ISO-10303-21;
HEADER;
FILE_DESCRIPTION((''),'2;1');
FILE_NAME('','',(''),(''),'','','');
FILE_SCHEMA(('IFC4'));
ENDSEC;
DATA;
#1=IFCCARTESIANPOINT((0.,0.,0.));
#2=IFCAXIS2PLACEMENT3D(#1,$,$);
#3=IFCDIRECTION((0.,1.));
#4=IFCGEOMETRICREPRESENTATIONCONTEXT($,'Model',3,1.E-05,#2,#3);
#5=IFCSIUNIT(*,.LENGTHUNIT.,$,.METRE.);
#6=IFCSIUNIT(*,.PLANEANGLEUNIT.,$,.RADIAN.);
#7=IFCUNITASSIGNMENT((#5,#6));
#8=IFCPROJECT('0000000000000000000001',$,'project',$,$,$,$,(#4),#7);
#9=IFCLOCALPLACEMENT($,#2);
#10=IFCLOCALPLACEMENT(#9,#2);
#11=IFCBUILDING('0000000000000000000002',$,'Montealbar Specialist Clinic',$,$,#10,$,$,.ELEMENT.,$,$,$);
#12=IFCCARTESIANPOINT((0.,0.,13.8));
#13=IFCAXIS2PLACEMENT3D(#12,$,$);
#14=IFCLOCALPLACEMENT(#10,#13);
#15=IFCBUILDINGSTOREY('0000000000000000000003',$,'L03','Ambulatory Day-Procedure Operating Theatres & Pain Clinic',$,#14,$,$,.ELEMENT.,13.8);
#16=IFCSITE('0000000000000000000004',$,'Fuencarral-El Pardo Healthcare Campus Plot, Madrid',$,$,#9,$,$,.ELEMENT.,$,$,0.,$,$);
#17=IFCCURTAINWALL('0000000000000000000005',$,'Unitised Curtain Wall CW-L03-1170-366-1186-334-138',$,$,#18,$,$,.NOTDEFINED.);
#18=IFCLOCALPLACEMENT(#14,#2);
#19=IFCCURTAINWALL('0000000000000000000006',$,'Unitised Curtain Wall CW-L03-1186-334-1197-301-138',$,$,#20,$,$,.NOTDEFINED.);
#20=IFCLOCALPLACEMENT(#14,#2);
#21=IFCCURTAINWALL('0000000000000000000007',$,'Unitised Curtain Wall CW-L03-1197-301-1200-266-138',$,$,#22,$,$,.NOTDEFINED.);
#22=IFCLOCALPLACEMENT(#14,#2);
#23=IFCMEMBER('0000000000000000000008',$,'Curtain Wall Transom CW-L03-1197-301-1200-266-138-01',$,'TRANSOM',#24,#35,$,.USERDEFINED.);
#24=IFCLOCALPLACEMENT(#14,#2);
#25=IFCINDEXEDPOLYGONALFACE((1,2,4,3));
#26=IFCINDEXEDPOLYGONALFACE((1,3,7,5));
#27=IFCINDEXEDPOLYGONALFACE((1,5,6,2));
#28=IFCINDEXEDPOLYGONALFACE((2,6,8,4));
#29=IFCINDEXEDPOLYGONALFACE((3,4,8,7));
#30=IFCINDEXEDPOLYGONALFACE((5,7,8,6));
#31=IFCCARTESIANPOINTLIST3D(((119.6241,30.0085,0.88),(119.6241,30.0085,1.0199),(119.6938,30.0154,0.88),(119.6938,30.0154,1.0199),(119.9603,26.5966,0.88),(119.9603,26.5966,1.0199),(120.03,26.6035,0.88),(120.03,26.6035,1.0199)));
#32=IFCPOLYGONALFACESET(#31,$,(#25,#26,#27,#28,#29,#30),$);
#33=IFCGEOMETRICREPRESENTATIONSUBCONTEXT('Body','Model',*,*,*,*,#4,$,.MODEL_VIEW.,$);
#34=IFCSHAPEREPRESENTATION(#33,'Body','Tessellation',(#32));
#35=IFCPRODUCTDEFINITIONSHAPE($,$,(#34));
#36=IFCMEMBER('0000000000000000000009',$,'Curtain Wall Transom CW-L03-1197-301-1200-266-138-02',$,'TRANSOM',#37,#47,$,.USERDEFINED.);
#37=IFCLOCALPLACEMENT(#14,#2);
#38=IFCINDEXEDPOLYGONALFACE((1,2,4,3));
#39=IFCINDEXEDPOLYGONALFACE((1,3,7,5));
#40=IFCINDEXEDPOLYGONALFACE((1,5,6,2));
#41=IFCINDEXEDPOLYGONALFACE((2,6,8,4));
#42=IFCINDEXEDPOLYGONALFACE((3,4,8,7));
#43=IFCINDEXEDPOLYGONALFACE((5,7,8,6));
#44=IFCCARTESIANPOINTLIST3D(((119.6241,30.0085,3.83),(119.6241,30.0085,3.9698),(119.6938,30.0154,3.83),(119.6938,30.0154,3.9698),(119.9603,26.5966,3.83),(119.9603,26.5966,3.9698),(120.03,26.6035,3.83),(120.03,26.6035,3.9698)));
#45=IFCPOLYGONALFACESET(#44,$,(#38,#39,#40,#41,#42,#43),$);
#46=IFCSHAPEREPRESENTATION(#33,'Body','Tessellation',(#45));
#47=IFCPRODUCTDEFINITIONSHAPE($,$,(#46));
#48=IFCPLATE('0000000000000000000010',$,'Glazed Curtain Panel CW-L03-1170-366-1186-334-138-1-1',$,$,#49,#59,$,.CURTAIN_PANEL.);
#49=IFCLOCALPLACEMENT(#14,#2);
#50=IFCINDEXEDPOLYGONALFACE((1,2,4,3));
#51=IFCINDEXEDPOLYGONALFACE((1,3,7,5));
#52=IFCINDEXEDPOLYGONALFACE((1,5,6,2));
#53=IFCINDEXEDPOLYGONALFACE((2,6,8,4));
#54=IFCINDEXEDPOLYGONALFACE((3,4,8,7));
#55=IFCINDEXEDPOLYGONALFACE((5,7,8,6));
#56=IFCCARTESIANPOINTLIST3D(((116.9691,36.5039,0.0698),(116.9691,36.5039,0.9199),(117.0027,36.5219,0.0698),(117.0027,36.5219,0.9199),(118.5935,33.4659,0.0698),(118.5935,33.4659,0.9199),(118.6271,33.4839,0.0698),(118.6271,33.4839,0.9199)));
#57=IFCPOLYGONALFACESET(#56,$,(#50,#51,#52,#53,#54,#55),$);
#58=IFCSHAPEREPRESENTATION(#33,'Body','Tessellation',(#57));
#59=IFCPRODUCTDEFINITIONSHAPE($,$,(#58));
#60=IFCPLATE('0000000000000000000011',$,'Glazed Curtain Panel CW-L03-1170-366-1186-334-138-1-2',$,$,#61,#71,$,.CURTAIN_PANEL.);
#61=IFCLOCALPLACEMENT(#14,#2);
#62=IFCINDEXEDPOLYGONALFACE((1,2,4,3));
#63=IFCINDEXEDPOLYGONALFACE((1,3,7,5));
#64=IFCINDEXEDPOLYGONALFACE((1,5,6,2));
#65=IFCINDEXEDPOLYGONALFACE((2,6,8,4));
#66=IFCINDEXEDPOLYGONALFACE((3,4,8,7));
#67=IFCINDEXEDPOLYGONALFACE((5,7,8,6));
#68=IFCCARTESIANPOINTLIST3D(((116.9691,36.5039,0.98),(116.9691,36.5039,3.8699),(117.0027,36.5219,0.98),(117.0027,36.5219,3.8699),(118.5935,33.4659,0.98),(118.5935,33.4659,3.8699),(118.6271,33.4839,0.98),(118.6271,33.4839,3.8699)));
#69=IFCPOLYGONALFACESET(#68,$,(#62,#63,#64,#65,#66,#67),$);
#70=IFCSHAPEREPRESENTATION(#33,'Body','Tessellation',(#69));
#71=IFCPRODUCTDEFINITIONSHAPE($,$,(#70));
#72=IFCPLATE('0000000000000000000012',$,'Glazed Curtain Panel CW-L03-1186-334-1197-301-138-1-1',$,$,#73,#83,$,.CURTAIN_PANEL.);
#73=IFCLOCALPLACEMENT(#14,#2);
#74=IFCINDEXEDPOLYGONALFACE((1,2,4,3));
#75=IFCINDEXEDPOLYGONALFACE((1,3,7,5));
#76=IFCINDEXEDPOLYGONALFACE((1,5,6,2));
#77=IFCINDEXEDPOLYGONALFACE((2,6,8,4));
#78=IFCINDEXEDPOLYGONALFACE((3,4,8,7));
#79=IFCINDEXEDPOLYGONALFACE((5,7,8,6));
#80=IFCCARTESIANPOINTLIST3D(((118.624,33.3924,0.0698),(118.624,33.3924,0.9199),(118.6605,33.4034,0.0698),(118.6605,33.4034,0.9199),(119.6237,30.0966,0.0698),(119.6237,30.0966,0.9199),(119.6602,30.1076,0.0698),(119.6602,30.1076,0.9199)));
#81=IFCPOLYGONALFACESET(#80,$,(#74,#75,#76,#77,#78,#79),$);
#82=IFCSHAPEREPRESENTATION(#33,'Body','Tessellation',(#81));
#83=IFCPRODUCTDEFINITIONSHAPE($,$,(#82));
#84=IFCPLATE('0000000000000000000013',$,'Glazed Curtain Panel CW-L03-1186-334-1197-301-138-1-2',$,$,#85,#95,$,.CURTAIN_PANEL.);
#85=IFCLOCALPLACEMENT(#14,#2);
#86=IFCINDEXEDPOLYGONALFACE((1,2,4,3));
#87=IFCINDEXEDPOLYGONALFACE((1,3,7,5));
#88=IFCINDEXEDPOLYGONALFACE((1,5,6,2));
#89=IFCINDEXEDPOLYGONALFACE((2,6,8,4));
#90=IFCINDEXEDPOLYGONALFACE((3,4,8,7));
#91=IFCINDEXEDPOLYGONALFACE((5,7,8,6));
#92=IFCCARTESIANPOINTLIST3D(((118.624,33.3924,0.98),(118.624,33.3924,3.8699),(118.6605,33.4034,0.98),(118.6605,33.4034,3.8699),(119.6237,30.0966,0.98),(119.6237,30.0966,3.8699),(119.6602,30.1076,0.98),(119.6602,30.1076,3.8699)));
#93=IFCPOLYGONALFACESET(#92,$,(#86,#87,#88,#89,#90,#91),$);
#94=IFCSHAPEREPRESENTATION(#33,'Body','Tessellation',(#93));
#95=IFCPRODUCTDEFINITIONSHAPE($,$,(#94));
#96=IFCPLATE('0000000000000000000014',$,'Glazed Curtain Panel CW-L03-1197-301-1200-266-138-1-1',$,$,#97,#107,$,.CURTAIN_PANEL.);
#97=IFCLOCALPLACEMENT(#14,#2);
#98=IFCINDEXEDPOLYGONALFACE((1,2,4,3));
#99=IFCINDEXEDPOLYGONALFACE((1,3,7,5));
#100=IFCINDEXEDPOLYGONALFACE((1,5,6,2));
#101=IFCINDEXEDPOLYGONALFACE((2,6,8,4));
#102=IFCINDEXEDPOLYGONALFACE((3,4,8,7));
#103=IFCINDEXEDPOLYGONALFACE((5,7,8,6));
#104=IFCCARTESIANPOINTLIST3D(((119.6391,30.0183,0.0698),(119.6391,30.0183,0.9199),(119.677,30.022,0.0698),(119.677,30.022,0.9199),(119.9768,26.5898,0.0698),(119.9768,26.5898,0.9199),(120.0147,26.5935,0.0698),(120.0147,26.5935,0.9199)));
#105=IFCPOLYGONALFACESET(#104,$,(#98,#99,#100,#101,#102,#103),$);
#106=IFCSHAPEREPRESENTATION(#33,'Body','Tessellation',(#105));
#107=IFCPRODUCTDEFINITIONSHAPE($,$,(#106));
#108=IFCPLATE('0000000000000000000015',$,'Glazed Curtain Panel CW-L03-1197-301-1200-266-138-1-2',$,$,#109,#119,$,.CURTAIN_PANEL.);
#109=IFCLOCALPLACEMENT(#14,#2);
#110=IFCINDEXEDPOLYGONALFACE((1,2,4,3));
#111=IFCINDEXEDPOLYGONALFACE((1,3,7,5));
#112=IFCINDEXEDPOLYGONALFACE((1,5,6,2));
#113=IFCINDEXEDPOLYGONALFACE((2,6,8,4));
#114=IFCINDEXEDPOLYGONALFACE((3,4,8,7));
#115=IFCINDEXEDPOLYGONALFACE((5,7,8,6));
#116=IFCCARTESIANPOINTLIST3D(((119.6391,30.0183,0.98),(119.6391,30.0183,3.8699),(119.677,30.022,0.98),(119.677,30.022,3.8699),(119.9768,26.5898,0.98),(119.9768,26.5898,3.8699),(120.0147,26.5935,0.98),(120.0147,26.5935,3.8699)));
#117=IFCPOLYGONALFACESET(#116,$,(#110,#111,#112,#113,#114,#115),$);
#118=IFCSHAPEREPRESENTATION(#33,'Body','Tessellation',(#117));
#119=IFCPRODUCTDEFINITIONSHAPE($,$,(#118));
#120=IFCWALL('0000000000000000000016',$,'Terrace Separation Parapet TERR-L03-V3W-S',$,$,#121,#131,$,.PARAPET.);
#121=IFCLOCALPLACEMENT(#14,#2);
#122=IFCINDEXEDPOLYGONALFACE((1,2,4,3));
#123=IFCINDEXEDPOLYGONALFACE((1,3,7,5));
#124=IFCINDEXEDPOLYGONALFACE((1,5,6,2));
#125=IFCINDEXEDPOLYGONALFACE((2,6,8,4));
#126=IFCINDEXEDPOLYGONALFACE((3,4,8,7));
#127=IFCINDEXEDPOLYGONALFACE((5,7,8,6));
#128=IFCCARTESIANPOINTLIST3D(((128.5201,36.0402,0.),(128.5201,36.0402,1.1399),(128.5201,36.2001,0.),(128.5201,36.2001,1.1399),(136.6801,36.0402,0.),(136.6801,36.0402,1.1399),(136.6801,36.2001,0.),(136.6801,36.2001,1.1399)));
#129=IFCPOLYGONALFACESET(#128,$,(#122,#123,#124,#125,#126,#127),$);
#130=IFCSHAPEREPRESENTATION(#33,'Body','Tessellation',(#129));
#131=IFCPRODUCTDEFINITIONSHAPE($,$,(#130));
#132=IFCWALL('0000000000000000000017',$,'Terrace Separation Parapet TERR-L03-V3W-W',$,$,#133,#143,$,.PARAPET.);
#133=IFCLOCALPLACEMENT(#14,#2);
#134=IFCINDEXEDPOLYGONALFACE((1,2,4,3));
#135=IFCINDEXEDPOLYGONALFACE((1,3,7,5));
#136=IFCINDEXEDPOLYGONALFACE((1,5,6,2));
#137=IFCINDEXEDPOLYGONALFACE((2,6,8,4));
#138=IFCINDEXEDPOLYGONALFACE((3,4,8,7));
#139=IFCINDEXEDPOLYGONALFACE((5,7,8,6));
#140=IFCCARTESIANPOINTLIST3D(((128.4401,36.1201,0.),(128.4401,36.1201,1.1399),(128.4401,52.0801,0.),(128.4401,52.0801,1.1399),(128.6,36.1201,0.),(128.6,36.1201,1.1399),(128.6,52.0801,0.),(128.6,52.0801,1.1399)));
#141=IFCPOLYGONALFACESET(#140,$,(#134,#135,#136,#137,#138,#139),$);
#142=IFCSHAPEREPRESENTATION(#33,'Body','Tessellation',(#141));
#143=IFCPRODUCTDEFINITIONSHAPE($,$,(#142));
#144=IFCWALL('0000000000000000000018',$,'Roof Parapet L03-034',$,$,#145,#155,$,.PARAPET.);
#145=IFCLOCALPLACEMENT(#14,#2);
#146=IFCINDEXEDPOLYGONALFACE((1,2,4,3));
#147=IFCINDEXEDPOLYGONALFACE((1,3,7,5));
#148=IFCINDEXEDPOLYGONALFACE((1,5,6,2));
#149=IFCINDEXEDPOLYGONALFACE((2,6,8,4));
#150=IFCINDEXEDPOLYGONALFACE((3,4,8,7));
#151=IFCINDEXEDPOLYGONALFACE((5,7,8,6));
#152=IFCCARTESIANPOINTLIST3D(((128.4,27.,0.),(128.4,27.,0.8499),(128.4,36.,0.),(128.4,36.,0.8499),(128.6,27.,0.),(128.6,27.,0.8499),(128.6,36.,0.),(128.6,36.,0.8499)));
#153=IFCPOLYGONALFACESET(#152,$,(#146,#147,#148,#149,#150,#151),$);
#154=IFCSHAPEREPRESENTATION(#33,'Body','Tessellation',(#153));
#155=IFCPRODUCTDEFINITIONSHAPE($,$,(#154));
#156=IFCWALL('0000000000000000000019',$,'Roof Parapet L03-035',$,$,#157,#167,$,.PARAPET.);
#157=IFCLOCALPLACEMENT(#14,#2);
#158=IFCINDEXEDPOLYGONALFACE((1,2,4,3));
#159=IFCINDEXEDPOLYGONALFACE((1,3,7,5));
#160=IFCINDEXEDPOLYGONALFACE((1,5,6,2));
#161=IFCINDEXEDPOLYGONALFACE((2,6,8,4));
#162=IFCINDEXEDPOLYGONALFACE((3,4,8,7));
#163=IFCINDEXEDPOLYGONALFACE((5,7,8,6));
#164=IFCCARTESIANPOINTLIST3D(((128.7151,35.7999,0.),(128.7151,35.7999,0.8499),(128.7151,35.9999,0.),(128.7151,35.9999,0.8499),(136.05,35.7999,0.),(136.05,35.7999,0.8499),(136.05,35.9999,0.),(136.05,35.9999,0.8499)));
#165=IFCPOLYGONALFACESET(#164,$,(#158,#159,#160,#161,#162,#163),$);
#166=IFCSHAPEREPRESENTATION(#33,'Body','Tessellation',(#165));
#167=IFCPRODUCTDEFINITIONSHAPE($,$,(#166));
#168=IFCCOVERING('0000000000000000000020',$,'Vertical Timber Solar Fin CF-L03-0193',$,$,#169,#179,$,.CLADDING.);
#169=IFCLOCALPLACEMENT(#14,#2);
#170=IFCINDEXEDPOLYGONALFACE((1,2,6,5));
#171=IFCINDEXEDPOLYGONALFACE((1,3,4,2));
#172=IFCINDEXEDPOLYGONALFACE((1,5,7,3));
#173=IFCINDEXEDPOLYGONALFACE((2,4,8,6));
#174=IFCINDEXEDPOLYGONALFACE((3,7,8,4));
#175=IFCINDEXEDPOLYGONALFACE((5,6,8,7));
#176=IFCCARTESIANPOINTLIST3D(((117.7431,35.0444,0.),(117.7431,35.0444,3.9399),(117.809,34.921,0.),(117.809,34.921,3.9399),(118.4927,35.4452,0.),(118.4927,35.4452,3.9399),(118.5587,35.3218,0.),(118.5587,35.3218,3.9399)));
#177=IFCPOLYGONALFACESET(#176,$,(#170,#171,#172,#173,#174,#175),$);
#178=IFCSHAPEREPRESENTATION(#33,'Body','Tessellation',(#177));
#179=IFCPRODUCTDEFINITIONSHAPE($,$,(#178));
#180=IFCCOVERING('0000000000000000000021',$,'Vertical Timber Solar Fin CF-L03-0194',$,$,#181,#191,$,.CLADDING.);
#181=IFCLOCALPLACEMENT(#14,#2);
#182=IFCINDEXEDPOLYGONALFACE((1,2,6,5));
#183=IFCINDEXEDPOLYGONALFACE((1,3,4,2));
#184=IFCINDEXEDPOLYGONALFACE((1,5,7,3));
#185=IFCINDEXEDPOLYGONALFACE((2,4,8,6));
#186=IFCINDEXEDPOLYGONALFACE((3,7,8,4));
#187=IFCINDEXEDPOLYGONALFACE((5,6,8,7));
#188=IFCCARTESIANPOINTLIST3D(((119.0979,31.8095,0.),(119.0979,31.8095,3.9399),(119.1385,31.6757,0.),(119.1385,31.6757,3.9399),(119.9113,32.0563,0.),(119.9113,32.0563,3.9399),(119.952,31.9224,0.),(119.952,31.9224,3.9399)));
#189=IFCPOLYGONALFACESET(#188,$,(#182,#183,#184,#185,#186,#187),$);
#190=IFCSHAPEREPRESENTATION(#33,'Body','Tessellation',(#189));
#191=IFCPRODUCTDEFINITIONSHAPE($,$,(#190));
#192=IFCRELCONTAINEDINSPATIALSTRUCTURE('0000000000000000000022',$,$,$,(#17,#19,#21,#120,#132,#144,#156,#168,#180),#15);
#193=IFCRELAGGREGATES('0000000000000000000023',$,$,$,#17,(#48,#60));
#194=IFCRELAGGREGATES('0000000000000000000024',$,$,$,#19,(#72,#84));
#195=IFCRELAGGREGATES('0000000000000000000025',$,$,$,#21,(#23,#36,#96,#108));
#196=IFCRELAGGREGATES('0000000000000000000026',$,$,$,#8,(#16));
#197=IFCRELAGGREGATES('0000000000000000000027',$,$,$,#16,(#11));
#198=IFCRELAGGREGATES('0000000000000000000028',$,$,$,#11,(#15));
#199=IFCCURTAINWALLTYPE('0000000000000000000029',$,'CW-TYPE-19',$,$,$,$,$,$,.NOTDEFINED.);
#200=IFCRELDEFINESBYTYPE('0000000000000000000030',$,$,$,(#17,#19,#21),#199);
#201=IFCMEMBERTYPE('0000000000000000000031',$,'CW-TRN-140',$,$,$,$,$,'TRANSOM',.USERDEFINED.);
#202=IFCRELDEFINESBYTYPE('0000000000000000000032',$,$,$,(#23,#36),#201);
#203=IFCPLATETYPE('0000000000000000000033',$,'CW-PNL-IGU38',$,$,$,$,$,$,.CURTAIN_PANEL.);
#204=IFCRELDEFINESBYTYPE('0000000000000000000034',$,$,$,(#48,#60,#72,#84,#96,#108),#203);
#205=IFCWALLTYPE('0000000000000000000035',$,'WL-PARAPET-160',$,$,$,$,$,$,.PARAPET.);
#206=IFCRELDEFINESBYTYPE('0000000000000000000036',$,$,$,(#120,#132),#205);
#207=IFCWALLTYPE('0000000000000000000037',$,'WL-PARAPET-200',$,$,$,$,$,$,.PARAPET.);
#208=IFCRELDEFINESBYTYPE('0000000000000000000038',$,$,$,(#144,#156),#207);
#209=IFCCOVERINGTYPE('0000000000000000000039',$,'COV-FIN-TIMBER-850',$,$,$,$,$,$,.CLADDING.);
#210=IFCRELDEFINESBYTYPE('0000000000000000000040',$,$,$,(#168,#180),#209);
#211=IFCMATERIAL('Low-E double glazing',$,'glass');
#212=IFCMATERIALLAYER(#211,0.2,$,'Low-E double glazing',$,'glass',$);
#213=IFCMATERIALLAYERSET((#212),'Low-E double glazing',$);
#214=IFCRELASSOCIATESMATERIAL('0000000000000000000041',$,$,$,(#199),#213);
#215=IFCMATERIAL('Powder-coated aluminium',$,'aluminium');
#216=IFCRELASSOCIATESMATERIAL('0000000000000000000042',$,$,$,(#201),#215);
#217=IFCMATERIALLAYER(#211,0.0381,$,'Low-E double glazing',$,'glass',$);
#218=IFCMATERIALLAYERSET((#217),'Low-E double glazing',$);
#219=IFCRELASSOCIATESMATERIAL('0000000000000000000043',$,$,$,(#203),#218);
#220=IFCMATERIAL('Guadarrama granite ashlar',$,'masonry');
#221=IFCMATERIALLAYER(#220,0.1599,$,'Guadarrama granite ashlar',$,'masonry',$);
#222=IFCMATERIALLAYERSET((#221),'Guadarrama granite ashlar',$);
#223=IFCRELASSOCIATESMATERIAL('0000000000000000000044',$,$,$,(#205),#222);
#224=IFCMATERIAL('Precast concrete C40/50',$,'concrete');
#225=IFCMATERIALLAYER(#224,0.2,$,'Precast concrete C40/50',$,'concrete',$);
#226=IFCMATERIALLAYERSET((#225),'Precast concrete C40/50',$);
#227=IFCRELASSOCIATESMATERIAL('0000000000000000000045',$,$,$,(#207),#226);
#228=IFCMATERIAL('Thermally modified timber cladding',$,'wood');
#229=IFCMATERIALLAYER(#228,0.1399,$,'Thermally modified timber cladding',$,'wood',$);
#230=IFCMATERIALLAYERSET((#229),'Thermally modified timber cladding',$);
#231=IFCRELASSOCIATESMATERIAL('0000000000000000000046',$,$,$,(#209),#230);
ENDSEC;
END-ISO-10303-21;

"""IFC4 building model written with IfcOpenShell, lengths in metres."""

from ifc_helpers import new_model, si_unit, direction, frame, frame_2d, origin, origin_2d, place, context, subcontext, project, spatial, rectangle, extrude, material, layer, layer_set, material_profile, profile_set, type_object, element, aggregate, save


model = new_model("IFC4")

# Units and contexts
model_context = context("Model", 3, precision=1e-05, world=origin(), true_north=direction((0.0, 1.0)))
body_context = subcontext(model_context, "Body", "Model", "MODEL_VIEW")
ifc_project = project(units=[si_unit("LENGTHUNIT", "METRE"), si_unit("PLANEANGLEUNIT", "RADIAN")], contexts=[model_context])

# Site, building, storey
site_placement = place(None, origin())
site = spatial("IfcSite", under=ifc_project, at=site_placement, Name="Fuencarral-El Pardo Healthcare Campus Plot, Madrid", CompositionType="ELEMENT", RefElevation=0.0)
building_placement = place(site_placement, origin())
building = spatial("IfcBuilding", under=site, at=building_placement, Name="Montealbar Specialist Clinic", CompositionType="ELEMENT")
storey_placement = place(building_placement, frame((0.0, 0.0, 13.8)))
storey = spatial("IfcBuildingStorey", under=building, at=storey_placement, Name="L03", Description="Ambulatory Day-Procedure Operating Theatres & Pain Clinic", CompositionType="ELEMENT", Elevation=13.8)

# Curtain wall
ifc_material_1 = material(Name="Low-E double glazing", Category="glass")
ifc_layer_1 = layer(ifc_material_1, 0.2, Name="Low-E double glazing", Category="glass")
ifc_layer_set_1 = layer_set([ifc_layer_1], Name="Low-E double glazing")
curtain_wall_type = type_object("IfcCurtainWallType", Name="CW-TYPE-19", PredefinedType="NOTDEFINED", material=ifc_layer_set_1)
curtain_wall_1_placement = place(storey_placement, origin())
curtain_wall_1 = element("IfcCurtainWall", 1, at=curtain_wall_1_placement, inside=storey, type_object=curtain_wall_type, Name="Unitised Curtain Wall CW-L03-1170-366-1186-334-138", PredefinedType="NOTDEFINED")

# Curtain wall
curtain_wall_2_placement = place(storey_placement, origin())
curtain_wall_2 = element("IfcCurtainWall", 2, at=curtain_wall_2_placement, inside=storey, type_object=curtain_wall_type, Name="Unitised Curtain Wall CW-L03-1186-334-1197-301-138", PredefinedType="NOTDEFINED")

# Curtain wall
curtain_wall_3_placement = place(storey_placement, origin())
curtain_wall_3 = element("IfcCurtainWall", 3, at=curtain_wall_3_placement, inside=storey, type_object=curtain_wall_type, Name="Unitised Curtain Wall CW-L03-1197-301-1200-266-138", PredefinedType="NOTDEFINED")

# Members
ifc_material_2 = material(Name="Powder-coated aluminium", Category="aluminium")
ifc_material_profile_1 = material_profile(ifc_material_2, rectangle(XDim=0.0701, YDim=0.1399, at=origin_2d()), Name="ALU 70x140", Category="aluminium")
ifc_profile_set_1 = profile_set([ifc_material_profile_1], Name="Powder-coated aluminium")
member_type_1 = type_object("IfcMemberType", Name="CW-TRN-140", ElementType="TRANSOM", PredefinedType="USERDEFINED", material=ifc_profile_set_1)
member_1_placement = place(storey_placement, frame((119.6589, 30.012, 0.95), z_axis=(0.098058, -0.995181, 0.0), x_axis=(0.995181, 0.098058, 0.0)))
member_1 = element("IfcMember", 4, at=member_1_placement, type_object=member_type_1, Name="Curtain Wall Transom CW-L03-1197-301-1200-266-138-01", ObjectType="TRANSOM", PredefinedType="USERDEFINED", context=body_context, shape_type="SweptSolid", body=[
    extrude(rectangle(XDim=0.0701, YDim=0.1399, at=origin_2d()), origin(), (0.0, 0.0, 1.0), 3.4285),
])
member_2_placement = place(storey_placement, frame((119.6589, 30.012, 3.8999), z_axis=(0.098058, -0.995181, 0.0), x_axis=(0.995181, 0.098058, 0.0)))
member_2 = element("IfcMember", 5, at=member_2_placement, type_object=member_type_1, Name="Curtain Wall Transom CW-L03-1197-301-1200-266-138-02", ObjectType="TRANSOM", PredefinedType="USERDEFINED", context=body_context, shape_type="SweptSolid", body=[
    extrude(rectangle(XDim=0.0701, YDim=0.1399, at=origin_2d()), origin(), (0.0, 0.0, 1.0), 3.4285),
])

# Plates
ifc_layer_2 = layer(ifc_material_1, 0.0381, Name="Low-E double glazing", Category="glass")
ifc_layer_set_2 = layer_set([ifc_layer_2], Name="Low-E double glazing")
plate_type = type_object("IfcPlateType", Name="CW-PNL-IGU38", PredefinedType="CURTAIN_PANEL", material=ifc_layer_set_2)
plate_1_placement = place(storey_placement, frame((117.7981, 34.9939, 0.0698), z_axis=(0.0, 0.0, 1.0), x_axis=(0.471529, -0.88185, 0.0)))
plate_1 = element("IfcPlate", 6, at=plate_1_placement, type_object=plate_type, Name="Glazed Curtain Panel CW-L03-1170-366-1186-334-138-1-1", PredefinedType="CURTAIN_PANEL", context=body_context, shape_type="SweptSolid", body=[
    extrude(rectangle(XDim=3.4451, YDim=0.0381, at=origin_2d()), origin(), (0.0, 0.0, 1.0), 0.8501),
])
plate_2_placement = place(storey_placement, frame((117.7981, 34.9939, 0.98), z_axis=(0.0, 0.0, 1.0), x_axis=(0.471529, -0.88185, 0.0)))
plate_2 = element("IfcPlate", 7, at=plate_2_placement, type_object=plate_type, Name="Glazed Curtain Panel CW-L03-1170-366-1186-334-138-1-2", PredefinedType="CURTAIN_PANEL", context=body_context, shape_type="SweptSolid", body=[
    extrude(rectangle(XDim=3.4451, YDim=0.0381, at=origin_2d()), origin(), (0.0, 0.0, 1.0), 2.8899),
])
aggregate(curtain_wall_1, [plate_1, plate_2])
plate_3_placement = place(storey_placement, frame((119.1421, 31.75, 0.0698), z_axis=(0.0, 0.0, 1.0), x_axis=(0.290259, -0.956948, 0.0)))
plate_3 = element("IfcPlate", 8, at=plate_3_placement, type_object=plate_type, Name="Glazed Curtain Panel CW-L03-1186-334-1197-301-138-1-1", PredefinedType="CURTAIN_PANEL", context=body_context, shape_type="SweptSolid", body=[
    extrude(rectangle(XDim=3.4441, YDim=0.0381, at=origin_2d()), origin(), (0.0, 0.0, 1.0), 0.8501),
])
plate_4_placement = place(storey_placement, frame((119.1421, 31.75, 0.98), z_axis=(0.0, 0.0, 1.0), x_axis=(0.290259, -0.956948, 0.0)))
plate_4 = element("IfcPlate", 9, at=plate_4_placement, type_object=plate_type, Name="Glazed Curtain Panel CW-L03-1186-334-1197-301-138-1-2", PredefinedType="CURTAIN_PANEL", context=body_context, shape_type="SweptSolid", body=[
    extrude(rectangle(XDim=3.4441, YDim=0.0381, at=origin_2d()), origin(), (0.0, 0.0, 1.0), 2.8899),
])
aggregate(curtain_wall_2, [plate_3, plate_4])
plate_5_placement = place(storey_placement, frame((119.8269, 28.3059, 0.0698), z_axis=(0.0, 0.0, 1.0), x_axis=(0.098045, -0.995182, 0.0)))
plate_5 = element("IfcPlate", 10, at=plate_5_placement, type_object=plate_type, Name="Glazed Curtain Panel CW-L03-1197-301-1200-266-138-1-1", PredefinedType="CURTAIN_PANEL", context=body_context, shape_type="SweptSolid", body=[
    extrude(rectangle(XDim=3.4451, YDim=0.0381, at=origin_2d()), origin(), (0.0, 0.0, 1.0), 0.8501),
])
plate_6_placement = place(storey_placement, frame((119.8269, 28.3059, 0.98), z_axis=(0.0, 0.0, 1.0), x_axis=(0.098045, -0.995182, 0.0)))
plate_6 = element("IfcPlate", 11, at=plate_6_placement, type_object=plate_type, Name="Glazed Curtain Panel CW-L03-1197-301-1200-266-138-1-2", PredefinedType="CURTAIN_PANEL", context=body_context, shape_type="SweptSolid", body=[
    extrude(rectangle(XDim=3.4451, YDim=0.0381, at=origin_2d()), origin(), (0.0, 0.0, 1.0), 2.8899),
])
aggregate(curtain_wall_3, [member_1, member_2, plate_5, plate_6])

# Walls
ifc_material_3 = material(Name="Guadarrama granite ashlar", Category="masonry")
ifc_layer_3 = layer(ifc_material_3, 0.1599, Name="Guadarrama granite ashlar", Category="masonry")
ifc_layer_set_3 = layer_set([ifc_layer_3], Name="Guadarrama granite ashlar")
wall_type_1 = type_object("IfcWallType", Name="WL-PARAPET-160", PredefinedType="PARAPET", material=ifc_layer_set_3)
wall_1_placement = place(storey_placement, frame((128.52, 36.1201, 0.0), z_axis=(0.0, 0.0, 1.0), x_axis=(1.0, 0.0, 0.0)))
element("IfcWall", 12, at=wall_1_placement, inside=storey, type_object=wall_type_1, Name="Terrace Separation Parapet TERR-L03-V3W-S", PredefinedType="PARAPET", context=body_context, shape_type="SweptSolid", body=[
    extrude(rectangle(XDim=8.1599, YDim=0.1599, at=frame_2d((4.0801, 0.0))), origin(), (0.0, 0.0, 1.0), 1.1399),
])
wall_2_placement = place(storey_placement, frame((128.52, 36.1201, 0.0), z_axis=(0.0, 0.0, 1.0), x_axis=(0.0, 1.0, 0.0)))
element("IfcWall", 13, at=wall_2_placement, inside=storey, type_object=wall_type_1, Name="Terrace Separation Parapet TERR-L03-V3W-W", PredefinedType="PARAPET", context=body_context, shape_type="SweptSolid", body=[
    extrude(rectangle(XDim=15.96, YDim=0.1599, at=frame_2d((7.98, 0.0))), origin(), (0.0, 0.0, 1.0), 1.1399),
])
ifc_material_4 = material(Name="Precast concrete C40/50", Category="concrete")
ifc_layer_4 = layer(ifc_material_4, 0.2, Name="Precast concrete C40/50", Category="concrete")
ifc_layer_set_4 = layer_set([ifc_layer_4], Name="Precast concrete C40/50")
wall_type_2 = type_object("IfcWallType", Name="WL-PARAPET-200", PredefinedType="PARAPET", material=ifc_layer_set_4)
wall_3_placement = place(storey_placement, frame((128.5, 27.0, 0.0), z_axis=(0.0, 0.0, 1.0), x_axis=(0.0, 1.0, 0.0)))
element("IfcWall", 14, at=wall_3_placement, inside=storey, type_object=wall_type_2, Name="Roof Parapet L03-034", PredefinedType="PARAPET", context=body_context, shape_type="SweptSolid", body=[
    extrude(rectangle(XDim=9.0, YDim=0.2, at=frame_2d((4.5, 0.0))), origin(), (0.0, 0.0, 1.0), 0.8499),
])
wall_4_placement = place(storey_placement, frame((128.7151, 35.8999, 0.0), z_axis=(0.0, 0.0, 1.0), x_axis=(1.0, 0.0, 0.0)))
element("IfcWall", 15, at=wall_4_placement, inside=storey, type_object=wall_type_2, Name="Roof Parapet L03-035", PredefinedType="PARAPET", context=body_context, shape_type="SweptSolid", body=[
    extrude(rectangle(XDim=7.335, YDim=0.2, at=frame_2d((3.6675, 0.0))), origin(), (0.0, 0.0, 1.0), 0.8499),
])

# Coverings
ifc_material_5 = material(Name="Thermally modified timber cladding", Category="wood")
ifc_layer_5 = layer(ifc_material_5, 0.1399, Name="Thermally modified timber cladding", Category="wood")
ifc_layer_set_5 = layer_set([ifc_layer_5], Name="Thermally modified timber cladding")
covering_type = type_object("IfcCoveringType", Name="COV-FIN-TIMBER-850", PredefinedType="CLADDING", material=ifc_layer_set_5)
for number, where, z_axis, x_axis, name in (
    (16, (118.1509, 35.1831, 0.0), (0.0, 0.0, 1.0), (0.88185, 0.471529, 0.0), "Vertical Timber Solar Fin CF-L03-0193"),
    (17, (119.5249, 31.866, 0.0), (0.0, 0.0, 1.0), (0.956948, 0.290259, 0.0), "Vertical Timber Solar Fin CF-L03-0194"),
):
    element("IfcCovering", number, at=place(storey_placement, frame(where, z_axis=z_axis, x_axis=x_axis)), inside=storey, type_object=covering_type, Name=name, PredefinedType="CLADDING", context=body_context, shape_type="SweptSolid", body=[
        extrude(rectangle(XDim=0.8501, YDim=0.1399, at=origin_2d()), origin(), (0.0, 0.0, 1.0), 3.9399),
    ])

save(model, "model.ifc")
